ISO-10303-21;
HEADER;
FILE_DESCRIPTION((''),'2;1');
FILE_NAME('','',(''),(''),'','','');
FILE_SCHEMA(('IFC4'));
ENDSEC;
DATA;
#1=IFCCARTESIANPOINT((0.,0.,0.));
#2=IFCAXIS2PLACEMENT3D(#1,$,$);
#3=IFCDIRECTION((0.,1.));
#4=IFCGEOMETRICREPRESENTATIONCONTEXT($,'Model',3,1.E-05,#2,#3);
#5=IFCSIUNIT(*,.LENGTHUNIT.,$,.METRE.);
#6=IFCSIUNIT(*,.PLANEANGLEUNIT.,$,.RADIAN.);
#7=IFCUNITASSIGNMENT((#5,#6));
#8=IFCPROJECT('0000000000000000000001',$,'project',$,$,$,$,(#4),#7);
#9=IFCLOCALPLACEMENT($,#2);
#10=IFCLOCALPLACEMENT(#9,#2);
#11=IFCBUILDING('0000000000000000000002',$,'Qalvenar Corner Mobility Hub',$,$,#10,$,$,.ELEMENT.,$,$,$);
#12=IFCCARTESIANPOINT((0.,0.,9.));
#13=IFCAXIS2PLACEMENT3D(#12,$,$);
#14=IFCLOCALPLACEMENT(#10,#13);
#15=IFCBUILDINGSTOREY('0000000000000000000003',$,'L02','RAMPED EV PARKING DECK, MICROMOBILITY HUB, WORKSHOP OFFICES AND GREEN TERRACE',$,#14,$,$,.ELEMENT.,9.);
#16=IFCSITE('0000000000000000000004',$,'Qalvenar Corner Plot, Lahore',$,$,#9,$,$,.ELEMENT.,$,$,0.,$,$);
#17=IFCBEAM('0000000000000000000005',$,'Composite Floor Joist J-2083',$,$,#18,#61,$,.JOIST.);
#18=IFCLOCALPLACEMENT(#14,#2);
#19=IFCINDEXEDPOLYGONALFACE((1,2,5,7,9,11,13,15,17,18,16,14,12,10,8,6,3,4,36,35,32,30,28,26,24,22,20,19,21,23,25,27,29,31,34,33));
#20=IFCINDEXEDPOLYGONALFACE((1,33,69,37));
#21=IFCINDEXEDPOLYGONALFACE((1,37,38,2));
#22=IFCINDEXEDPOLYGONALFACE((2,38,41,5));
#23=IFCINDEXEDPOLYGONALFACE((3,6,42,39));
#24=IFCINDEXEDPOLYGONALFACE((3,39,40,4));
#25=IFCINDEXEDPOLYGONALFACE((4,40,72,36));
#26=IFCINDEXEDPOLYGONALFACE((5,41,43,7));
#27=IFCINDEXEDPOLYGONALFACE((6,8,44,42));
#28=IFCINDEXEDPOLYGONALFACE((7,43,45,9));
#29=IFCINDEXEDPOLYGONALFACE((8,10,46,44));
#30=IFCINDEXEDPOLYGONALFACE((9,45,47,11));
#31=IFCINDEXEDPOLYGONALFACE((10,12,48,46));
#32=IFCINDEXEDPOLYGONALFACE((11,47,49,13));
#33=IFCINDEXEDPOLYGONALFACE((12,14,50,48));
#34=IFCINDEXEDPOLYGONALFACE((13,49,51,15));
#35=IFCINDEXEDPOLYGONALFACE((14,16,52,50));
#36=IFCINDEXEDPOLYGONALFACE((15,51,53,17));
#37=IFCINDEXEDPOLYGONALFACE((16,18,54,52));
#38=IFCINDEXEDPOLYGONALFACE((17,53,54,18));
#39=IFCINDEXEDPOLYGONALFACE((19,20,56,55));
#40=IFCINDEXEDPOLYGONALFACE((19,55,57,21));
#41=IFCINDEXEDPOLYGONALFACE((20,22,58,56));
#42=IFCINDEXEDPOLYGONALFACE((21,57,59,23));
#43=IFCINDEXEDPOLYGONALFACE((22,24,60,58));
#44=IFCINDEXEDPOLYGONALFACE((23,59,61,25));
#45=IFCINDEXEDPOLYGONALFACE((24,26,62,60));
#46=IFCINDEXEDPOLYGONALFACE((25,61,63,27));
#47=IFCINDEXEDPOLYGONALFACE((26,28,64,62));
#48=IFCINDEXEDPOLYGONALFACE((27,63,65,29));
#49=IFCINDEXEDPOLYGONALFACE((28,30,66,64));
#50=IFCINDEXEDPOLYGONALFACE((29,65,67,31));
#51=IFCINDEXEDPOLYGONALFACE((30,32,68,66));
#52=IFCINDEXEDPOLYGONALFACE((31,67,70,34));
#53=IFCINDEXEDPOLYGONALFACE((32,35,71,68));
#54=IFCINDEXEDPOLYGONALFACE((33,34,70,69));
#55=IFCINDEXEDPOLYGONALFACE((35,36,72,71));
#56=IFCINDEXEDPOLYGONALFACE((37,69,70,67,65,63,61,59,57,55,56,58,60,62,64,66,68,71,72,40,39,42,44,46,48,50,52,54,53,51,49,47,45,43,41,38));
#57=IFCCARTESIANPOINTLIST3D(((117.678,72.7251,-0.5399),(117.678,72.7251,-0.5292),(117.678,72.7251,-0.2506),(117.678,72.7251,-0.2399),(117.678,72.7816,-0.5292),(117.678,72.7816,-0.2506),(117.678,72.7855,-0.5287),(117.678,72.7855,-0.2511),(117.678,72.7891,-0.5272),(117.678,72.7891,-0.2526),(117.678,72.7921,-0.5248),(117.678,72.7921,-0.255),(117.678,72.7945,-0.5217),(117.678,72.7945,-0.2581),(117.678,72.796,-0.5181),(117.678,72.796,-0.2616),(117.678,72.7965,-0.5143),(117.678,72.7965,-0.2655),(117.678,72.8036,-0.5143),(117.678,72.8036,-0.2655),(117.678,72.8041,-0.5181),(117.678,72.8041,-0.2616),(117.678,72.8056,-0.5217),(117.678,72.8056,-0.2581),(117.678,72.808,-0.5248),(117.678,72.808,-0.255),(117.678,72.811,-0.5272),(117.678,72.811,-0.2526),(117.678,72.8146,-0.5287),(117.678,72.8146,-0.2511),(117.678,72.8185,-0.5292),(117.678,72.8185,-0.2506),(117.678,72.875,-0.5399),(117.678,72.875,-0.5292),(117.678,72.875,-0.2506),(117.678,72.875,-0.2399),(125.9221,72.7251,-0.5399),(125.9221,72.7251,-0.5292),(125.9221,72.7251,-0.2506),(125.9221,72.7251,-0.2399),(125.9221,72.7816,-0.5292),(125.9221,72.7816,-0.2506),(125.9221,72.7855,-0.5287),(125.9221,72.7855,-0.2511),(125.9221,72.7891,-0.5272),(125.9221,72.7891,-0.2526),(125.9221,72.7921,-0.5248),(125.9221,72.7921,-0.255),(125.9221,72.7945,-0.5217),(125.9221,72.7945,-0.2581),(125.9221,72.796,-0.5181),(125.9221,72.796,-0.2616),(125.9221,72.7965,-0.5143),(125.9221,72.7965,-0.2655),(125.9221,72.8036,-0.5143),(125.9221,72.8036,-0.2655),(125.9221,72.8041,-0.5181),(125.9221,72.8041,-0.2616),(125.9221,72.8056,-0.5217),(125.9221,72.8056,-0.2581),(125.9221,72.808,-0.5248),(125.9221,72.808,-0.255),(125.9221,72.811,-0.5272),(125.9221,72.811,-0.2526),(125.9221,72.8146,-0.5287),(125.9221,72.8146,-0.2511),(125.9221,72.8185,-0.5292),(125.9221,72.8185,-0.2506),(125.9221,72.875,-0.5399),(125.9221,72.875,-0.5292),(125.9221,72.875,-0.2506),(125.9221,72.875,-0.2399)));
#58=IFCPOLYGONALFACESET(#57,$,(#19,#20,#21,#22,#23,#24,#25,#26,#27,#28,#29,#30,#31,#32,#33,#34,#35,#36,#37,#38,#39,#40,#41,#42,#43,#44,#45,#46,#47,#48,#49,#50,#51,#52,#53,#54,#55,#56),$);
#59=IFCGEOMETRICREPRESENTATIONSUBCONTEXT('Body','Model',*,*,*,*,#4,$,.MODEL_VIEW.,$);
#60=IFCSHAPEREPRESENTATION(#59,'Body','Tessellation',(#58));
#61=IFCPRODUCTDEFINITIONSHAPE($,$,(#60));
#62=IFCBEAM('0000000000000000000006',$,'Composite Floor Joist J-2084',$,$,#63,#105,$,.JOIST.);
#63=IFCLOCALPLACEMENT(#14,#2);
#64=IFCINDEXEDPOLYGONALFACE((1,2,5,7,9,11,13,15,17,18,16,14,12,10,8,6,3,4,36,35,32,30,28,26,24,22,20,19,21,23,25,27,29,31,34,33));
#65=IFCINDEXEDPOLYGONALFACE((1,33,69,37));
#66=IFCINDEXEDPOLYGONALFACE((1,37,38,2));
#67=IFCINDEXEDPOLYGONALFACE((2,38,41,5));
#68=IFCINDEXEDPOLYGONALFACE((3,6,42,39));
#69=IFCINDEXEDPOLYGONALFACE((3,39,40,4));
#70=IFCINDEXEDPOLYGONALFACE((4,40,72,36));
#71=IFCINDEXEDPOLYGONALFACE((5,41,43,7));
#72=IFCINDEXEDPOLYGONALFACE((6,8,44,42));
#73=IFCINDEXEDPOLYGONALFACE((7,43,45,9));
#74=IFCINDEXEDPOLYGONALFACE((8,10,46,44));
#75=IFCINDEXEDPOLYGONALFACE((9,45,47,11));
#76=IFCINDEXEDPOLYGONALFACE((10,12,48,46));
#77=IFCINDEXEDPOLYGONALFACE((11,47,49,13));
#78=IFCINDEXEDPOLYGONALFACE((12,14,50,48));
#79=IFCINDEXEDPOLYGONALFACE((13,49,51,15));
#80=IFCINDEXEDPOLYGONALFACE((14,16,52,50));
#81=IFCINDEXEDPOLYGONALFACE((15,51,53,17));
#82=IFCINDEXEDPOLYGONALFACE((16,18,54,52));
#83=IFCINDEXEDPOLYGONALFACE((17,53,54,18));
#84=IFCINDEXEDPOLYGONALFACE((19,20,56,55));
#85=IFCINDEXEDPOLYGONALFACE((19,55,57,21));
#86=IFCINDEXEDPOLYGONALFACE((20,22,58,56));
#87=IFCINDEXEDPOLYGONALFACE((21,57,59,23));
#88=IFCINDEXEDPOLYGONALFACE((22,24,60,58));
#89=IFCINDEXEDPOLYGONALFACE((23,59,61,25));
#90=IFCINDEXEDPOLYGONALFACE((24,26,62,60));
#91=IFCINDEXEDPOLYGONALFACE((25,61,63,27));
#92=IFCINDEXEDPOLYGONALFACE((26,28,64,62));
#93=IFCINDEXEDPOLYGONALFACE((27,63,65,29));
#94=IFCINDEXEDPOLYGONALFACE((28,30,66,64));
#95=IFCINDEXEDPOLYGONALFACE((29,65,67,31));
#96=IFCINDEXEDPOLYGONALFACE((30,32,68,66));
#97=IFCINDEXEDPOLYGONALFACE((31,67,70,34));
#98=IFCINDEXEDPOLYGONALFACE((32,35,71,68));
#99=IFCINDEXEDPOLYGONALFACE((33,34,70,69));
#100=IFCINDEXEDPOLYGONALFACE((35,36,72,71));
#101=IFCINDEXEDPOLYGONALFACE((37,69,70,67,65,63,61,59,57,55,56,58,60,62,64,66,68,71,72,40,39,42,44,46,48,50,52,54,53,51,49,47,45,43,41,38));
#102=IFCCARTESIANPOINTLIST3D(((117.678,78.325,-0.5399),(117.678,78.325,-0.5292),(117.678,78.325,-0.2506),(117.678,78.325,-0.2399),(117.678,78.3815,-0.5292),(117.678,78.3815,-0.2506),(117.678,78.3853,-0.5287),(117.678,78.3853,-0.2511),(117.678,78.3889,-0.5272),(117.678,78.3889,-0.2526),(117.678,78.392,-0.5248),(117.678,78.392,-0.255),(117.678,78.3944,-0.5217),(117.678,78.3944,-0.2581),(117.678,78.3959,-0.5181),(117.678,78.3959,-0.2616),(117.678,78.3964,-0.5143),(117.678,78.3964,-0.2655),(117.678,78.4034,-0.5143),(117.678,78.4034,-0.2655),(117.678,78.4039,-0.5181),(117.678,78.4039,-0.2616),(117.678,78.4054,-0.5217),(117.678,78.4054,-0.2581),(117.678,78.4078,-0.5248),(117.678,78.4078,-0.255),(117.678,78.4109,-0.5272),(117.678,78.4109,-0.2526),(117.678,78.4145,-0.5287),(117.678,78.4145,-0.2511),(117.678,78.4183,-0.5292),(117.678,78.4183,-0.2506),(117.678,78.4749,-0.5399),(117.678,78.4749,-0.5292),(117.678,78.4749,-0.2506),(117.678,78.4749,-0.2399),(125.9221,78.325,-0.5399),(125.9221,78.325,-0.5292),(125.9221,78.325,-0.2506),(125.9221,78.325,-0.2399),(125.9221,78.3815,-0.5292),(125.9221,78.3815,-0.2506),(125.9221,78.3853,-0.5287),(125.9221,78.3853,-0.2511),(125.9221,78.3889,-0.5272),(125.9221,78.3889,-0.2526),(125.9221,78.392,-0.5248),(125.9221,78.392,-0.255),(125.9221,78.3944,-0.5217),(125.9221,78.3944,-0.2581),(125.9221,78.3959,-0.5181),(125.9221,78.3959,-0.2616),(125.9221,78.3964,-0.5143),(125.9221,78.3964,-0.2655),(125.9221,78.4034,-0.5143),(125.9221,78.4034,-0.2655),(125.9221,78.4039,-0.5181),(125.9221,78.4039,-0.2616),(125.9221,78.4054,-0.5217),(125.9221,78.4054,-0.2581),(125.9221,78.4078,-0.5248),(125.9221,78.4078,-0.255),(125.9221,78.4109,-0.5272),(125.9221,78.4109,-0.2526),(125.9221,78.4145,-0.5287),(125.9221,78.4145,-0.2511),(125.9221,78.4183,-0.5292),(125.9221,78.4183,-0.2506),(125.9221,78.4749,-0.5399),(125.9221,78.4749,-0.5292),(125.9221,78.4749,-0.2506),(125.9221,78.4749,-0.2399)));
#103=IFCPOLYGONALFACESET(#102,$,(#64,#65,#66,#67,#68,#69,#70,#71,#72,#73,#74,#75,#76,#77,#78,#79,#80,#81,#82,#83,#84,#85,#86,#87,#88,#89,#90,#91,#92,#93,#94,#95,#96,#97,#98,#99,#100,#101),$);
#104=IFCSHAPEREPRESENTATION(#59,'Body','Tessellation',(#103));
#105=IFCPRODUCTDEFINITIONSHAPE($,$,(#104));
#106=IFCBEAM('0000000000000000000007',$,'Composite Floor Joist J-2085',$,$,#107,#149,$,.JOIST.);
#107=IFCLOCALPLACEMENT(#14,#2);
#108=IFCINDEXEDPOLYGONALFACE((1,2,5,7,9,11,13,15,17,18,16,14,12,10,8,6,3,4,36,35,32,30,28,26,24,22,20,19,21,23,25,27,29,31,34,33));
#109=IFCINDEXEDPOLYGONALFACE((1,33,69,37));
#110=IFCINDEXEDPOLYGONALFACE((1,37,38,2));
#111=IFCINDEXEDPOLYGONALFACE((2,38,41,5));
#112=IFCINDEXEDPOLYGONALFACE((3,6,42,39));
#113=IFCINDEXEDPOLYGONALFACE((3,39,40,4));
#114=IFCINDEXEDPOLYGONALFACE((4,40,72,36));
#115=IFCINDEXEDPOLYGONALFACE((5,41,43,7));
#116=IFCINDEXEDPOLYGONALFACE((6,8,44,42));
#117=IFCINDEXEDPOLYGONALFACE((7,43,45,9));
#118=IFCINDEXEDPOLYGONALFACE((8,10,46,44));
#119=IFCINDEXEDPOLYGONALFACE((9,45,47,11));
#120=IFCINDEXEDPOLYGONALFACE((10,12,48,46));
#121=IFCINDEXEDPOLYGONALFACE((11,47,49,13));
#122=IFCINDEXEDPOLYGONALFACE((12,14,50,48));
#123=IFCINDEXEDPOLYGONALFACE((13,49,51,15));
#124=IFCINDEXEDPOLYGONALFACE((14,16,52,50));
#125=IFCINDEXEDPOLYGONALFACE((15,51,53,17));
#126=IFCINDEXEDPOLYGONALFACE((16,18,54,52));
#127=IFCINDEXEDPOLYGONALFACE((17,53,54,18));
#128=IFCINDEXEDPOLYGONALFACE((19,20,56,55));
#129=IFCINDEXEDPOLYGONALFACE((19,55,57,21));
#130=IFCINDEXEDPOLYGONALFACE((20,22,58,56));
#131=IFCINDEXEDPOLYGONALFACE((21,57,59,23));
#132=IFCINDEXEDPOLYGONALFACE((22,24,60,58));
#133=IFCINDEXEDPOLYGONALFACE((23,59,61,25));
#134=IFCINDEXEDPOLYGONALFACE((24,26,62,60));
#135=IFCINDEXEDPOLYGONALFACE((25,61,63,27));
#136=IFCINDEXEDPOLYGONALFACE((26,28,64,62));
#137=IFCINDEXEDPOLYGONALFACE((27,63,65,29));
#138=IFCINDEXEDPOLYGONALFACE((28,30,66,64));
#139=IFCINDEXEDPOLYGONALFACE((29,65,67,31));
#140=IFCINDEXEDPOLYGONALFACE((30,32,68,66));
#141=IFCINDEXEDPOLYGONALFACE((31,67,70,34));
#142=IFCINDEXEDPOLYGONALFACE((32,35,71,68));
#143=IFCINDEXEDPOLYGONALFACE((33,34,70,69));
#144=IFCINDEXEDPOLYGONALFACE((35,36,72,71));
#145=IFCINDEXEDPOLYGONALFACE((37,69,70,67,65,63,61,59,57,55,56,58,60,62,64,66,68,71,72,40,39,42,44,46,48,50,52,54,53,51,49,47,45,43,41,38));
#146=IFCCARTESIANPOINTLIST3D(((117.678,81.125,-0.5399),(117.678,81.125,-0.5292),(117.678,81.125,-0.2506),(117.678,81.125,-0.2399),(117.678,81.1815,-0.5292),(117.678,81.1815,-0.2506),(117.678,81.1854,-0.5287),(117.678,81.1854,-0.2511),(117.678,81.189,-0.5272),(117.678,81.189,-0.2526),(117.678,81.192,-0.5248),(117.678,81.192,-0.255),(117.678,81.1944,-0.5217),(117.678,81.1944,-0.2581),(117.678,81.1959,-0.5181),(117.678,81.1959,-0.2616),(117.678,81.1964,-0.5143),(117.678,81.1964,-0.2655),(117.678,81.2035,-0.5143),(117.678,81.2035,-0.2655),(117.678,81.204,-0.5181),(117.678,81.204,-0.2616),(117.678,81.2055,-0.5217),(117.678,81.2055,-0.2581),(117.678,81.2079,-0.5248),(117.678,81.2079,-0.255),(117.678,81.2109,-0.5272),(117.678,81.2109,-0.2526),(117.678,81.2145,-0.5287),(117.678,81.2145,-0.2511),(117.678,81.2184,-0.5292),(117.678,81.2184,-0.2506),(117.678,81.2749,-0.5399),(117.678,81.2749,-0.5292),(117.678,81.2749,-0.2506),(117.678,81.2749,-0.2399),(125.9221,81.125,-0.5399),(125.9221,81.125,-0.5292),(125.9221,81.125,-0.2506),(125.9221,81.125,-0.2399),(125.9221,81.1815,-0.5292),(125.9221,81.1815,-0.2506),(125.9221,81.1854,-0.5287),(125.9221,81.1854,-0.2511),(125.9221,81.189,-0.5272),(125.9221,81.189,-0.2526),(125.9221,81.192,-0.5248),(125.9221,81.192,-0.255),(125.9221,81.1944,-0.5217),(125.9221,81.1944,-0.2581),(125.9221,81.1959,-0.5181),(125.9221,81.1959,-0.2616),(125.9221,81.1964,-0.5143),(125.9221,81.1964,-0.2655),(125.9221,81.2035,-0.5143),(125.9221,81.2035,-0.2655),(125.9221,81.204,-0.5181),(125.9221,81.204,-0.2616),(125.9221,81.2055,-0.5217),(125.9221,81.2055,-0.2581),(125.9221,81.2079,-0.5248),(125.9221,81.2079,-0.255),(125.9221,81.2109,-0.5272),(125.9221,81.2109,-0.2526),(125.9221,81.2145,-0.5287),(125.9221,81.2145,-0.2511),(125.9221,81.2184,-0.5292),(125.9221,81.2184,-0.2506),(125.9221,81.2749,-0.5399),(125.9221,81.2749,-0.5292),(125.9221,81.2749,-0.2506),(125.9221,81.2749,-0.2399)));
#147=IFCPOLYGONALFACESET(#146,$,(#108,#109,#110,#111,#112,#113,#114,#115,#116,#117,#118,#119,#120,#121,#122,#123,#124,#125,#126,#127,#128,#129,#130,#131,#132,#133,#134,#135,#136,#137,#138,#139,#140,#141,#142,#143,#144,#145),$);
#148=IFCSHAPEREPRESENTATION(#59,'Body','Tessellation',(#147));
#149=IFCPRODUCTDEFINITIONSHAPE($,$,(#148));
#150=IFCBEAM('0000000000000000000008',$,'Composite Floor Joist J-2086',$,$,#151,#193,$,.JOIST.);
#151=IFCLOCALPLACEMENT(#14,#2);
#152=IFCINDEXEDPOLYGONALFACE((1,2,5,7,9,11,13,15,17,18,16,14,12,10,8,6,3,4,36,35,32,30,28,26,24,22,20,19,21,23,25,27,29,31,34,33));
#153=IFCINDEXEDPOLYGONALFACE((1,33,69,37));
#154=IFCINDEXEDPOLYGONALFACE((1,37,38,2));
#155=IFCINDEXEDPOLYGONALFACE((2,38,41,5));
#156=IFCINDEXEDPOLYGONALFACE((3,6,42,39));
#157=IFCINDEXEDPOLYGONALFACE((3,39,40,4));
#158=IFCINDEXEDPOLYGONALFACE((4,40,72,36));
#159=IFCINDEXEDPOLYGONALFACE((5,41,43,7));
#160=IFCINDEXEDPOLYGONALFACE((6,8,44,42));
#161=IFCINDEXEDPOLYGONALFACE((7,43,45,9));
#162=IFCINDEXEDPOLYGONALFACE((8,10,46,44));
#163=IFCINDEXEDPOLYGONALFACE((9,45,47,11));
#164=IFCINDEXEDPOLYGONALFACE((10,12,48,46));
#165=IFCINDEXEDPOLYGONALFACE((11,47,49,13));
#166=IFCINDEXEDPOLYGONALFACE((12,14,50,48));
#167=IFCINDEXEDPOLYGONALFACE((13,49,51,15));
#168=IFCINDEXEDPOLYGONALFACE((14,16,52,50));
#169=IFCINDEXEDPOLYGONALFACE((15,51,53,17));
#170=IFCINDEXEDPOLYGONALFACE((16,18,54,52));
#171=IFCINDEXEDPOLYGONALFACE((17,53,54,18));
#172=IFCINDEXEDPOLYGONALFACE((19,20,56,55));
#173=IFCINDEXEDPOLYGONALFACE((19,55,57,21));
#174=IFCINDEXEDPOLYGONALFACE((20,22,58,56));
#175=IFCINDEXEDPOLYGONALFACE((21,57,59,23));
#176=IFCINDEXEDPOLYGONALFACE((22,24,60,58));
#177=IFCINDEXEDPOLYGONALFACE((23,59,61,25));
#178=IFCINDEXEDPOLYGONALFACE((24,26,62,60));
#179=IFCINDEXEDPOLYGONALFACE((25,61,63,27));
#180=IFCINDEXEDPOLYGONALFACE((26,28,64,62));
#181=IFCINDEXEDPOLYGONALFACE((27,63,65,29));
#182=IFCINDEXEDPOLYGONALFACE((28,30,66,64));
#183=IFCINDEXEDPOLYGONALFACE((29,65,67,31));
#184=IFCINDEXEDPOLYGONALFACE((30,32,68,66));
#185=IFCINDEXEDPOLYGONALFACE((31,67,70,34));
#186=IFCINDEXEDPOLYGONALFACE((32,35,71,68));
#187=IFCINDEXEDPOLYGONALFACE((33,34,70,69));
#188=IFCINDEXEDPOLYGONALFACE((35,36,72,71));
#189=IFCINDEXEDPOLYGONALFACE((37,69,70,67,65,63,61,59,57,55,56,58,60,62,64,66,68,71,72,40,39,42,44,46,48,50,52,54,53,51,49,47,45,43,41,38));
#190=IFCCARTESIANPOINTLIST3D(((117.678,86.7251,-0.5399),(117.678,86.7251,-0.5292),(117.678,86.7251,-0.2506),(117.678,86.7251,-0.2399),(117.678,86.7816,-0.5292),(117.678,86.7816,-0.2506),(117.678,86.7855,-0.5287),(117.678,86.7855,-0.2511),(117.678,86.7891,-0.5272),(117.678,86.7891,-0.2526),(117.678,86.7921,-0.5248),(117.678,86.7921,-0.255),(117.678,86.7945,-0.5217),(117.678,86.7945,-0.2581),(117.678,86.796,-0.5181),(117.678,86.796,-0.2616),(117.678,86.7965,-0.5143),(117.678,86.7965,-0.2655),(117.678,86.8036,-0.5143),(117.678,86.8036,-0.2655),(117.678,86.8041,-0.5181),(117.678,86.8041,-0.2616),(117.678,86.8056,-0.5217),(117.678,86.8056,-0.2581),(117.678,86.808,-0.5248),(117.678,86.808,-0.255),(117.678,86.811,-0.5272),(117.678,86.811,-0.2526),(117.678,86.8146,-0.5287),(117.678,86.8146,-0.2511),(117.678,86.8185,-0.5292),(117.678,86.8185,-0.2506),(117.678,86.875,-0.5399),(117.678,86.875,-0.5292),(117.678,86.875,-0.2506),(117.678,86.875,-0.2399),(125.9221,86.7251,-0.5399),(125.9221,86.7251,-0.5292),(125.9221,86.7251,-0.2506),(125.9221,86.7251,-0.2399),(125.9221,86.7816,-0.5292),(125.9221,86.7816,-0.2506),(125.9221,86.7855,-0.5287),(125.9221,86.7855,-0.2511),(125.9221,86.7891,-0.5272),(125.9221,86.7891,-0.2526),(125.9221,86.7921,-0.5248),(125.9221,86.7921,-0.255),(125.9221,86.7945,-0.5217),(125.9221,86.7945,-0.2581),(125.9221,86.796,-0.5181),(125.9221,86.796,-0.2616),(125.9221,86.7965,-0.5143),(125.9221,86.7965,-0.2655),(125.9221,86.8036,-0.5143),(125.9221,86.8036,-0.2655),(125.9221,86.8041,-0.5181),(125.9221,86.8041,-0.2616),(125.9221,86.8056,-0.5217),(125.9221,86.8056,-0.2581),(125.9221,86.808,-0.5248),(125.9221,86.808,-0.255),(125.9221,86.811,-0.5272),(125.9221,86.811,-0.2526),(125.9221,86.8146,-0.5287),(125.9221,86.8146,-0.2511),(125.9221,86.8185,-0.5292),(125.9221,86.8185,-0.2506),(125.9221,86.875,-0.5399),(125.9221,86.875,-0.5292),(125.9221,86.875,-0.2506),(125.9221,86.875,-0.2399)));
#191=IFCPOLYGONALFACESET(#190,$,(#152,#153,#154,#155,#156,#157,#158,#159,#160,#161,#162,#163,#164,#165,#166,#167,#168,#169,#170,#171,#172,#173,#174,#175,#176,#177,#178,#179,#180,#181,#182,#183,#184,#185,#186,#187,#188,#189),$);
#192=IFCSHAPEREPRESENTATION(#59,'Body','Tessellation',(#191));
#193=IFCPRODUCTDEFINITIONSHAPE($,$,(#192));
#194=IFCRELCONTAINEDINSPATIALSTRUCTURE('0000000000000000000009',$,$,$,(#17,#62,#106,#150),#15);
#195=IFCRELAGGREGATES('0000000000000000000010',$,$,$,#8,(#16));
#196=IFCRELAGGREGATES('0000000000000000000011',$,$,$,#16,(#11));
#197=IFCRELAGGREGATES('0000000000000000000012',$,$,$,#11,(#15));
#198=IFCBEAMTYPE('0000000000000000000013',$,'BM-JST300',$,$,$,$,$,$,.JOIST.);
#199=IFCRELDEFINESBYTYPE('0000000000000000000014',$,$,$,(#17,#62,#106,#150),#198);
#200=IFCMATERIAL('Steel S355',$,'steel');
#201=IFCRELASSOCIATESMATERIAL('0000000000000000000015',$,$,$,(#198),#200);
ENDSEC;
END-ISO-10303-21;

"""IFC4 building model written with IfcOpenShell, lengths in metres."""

from ifc_helpers import new_model, si_unit, direction, frame, origin, origin_2d, place, context, subcontext, project, spatial, i_section, extrude, material, material_profile, profile_set, type_object, element, save


model = new_model("IFC4")

# Units and contexts
model_context = context("Model", 3, precision=1e-05, world=origin(), true_north=direction((0.0, 1.0)))
body_context = subcontext(model_context, "Body", "Model", "MODEL_VIEW")
ifc_project = project(units=[si_unit("LENGTHUNIT", "METRE"), si_unit("PLANEANGLEUNIT", "RADIAN")], contexts=[model_context])

# Site, building, storey
site_placement = place(None, origin())
site = spatial("IfcSite", under=ifc_project, at=site_placement, Name="Qalvenar Corner Plot, Lahore", CompositionType="ELEMENT", RefElevation=0.0)
building_placement = place(site_placement, origin())
building = spatial("IfcBuilding", under=site, at=building_placement, Name="Qalvenar Corner Mobility Hub", CompositionType="ELEMENT")
storey_placement = place(building_placement, frame((0.0, 0.0, 9.0)))
storey = spatial("IfcBuildingStorey", under=building, at=storey_placement, Name="L02", Description="RAMPED EV PARKING DECK, MICROMOBILITY HUB, WORKSHOP OFFICES AND GREEN TERRACE", CompositionType="ELEMENT", Elevation=9.0)

# Shared definitions
ifc_material = material(Name="Steel S355", Category="steel")

# Beams
ifc_material_profile_1 = material_profile(ifc_material, i_section(OverallWidth=0.1499, OverallDepth=0.3, WebThickness=0.0071, FlangeThickness=0.0107, FilletRadius=0.0149, at=origin_2d()), Name="IPE300")
ifc_profile_set_1 = profile_set([ifc_material_profile_1], Name="Steel S355")
beam_type_1 = type_object("IfcBeamType", Name="BM-JST300", PredefinedType="JOIST", material=ifc_profile_set_1)
for number, where, z_axis, x_axis, name in (
    (1, (117.678, 72.8, -0.3899), (1.0, 0.0, 0.0), (0.0, 1.0, 0.0), "Composite Floor Joist J-2083"),
    (2, (117.678, 78.3999, -0.3899), (1.0, 0.0, 0.0), (0.0, 1.0, 0.0), "Composite Floor Joist J-2084"),
    (3, (117.678, 81.2, -0.3899), (1.0, 0.0, 0.0), (0.0, 1.0, 0.0), "Composite Floor Joist J-2085"),
    (4, (117.678, 86.8, -0.3899), (1.0, 0.0, 0.0), (0.0, 1.0, 0.0), "Composite Floor Joist J-2086"),
):
    element("IfcBeam", number, at=place(storey_placement, frame(where, z_axis=z_axis, x_axis=x_axis)), inside=storey, type_object=beam_type_1, Name=name, PredefinedType="JOIST", context=body_context, shape_type="SweptSolid", body=[
        extrude(i_section(OverallWidth=0.1499, OverallDepth=0.3, WebThickness=0.0071, FlangeThickness=0.0107, FilletRadius=0.0149, at=origin_2d()), origin(), (0.0, 0.0, 1.0), 8.2441),
    ])

save(model, "model.ifc")
